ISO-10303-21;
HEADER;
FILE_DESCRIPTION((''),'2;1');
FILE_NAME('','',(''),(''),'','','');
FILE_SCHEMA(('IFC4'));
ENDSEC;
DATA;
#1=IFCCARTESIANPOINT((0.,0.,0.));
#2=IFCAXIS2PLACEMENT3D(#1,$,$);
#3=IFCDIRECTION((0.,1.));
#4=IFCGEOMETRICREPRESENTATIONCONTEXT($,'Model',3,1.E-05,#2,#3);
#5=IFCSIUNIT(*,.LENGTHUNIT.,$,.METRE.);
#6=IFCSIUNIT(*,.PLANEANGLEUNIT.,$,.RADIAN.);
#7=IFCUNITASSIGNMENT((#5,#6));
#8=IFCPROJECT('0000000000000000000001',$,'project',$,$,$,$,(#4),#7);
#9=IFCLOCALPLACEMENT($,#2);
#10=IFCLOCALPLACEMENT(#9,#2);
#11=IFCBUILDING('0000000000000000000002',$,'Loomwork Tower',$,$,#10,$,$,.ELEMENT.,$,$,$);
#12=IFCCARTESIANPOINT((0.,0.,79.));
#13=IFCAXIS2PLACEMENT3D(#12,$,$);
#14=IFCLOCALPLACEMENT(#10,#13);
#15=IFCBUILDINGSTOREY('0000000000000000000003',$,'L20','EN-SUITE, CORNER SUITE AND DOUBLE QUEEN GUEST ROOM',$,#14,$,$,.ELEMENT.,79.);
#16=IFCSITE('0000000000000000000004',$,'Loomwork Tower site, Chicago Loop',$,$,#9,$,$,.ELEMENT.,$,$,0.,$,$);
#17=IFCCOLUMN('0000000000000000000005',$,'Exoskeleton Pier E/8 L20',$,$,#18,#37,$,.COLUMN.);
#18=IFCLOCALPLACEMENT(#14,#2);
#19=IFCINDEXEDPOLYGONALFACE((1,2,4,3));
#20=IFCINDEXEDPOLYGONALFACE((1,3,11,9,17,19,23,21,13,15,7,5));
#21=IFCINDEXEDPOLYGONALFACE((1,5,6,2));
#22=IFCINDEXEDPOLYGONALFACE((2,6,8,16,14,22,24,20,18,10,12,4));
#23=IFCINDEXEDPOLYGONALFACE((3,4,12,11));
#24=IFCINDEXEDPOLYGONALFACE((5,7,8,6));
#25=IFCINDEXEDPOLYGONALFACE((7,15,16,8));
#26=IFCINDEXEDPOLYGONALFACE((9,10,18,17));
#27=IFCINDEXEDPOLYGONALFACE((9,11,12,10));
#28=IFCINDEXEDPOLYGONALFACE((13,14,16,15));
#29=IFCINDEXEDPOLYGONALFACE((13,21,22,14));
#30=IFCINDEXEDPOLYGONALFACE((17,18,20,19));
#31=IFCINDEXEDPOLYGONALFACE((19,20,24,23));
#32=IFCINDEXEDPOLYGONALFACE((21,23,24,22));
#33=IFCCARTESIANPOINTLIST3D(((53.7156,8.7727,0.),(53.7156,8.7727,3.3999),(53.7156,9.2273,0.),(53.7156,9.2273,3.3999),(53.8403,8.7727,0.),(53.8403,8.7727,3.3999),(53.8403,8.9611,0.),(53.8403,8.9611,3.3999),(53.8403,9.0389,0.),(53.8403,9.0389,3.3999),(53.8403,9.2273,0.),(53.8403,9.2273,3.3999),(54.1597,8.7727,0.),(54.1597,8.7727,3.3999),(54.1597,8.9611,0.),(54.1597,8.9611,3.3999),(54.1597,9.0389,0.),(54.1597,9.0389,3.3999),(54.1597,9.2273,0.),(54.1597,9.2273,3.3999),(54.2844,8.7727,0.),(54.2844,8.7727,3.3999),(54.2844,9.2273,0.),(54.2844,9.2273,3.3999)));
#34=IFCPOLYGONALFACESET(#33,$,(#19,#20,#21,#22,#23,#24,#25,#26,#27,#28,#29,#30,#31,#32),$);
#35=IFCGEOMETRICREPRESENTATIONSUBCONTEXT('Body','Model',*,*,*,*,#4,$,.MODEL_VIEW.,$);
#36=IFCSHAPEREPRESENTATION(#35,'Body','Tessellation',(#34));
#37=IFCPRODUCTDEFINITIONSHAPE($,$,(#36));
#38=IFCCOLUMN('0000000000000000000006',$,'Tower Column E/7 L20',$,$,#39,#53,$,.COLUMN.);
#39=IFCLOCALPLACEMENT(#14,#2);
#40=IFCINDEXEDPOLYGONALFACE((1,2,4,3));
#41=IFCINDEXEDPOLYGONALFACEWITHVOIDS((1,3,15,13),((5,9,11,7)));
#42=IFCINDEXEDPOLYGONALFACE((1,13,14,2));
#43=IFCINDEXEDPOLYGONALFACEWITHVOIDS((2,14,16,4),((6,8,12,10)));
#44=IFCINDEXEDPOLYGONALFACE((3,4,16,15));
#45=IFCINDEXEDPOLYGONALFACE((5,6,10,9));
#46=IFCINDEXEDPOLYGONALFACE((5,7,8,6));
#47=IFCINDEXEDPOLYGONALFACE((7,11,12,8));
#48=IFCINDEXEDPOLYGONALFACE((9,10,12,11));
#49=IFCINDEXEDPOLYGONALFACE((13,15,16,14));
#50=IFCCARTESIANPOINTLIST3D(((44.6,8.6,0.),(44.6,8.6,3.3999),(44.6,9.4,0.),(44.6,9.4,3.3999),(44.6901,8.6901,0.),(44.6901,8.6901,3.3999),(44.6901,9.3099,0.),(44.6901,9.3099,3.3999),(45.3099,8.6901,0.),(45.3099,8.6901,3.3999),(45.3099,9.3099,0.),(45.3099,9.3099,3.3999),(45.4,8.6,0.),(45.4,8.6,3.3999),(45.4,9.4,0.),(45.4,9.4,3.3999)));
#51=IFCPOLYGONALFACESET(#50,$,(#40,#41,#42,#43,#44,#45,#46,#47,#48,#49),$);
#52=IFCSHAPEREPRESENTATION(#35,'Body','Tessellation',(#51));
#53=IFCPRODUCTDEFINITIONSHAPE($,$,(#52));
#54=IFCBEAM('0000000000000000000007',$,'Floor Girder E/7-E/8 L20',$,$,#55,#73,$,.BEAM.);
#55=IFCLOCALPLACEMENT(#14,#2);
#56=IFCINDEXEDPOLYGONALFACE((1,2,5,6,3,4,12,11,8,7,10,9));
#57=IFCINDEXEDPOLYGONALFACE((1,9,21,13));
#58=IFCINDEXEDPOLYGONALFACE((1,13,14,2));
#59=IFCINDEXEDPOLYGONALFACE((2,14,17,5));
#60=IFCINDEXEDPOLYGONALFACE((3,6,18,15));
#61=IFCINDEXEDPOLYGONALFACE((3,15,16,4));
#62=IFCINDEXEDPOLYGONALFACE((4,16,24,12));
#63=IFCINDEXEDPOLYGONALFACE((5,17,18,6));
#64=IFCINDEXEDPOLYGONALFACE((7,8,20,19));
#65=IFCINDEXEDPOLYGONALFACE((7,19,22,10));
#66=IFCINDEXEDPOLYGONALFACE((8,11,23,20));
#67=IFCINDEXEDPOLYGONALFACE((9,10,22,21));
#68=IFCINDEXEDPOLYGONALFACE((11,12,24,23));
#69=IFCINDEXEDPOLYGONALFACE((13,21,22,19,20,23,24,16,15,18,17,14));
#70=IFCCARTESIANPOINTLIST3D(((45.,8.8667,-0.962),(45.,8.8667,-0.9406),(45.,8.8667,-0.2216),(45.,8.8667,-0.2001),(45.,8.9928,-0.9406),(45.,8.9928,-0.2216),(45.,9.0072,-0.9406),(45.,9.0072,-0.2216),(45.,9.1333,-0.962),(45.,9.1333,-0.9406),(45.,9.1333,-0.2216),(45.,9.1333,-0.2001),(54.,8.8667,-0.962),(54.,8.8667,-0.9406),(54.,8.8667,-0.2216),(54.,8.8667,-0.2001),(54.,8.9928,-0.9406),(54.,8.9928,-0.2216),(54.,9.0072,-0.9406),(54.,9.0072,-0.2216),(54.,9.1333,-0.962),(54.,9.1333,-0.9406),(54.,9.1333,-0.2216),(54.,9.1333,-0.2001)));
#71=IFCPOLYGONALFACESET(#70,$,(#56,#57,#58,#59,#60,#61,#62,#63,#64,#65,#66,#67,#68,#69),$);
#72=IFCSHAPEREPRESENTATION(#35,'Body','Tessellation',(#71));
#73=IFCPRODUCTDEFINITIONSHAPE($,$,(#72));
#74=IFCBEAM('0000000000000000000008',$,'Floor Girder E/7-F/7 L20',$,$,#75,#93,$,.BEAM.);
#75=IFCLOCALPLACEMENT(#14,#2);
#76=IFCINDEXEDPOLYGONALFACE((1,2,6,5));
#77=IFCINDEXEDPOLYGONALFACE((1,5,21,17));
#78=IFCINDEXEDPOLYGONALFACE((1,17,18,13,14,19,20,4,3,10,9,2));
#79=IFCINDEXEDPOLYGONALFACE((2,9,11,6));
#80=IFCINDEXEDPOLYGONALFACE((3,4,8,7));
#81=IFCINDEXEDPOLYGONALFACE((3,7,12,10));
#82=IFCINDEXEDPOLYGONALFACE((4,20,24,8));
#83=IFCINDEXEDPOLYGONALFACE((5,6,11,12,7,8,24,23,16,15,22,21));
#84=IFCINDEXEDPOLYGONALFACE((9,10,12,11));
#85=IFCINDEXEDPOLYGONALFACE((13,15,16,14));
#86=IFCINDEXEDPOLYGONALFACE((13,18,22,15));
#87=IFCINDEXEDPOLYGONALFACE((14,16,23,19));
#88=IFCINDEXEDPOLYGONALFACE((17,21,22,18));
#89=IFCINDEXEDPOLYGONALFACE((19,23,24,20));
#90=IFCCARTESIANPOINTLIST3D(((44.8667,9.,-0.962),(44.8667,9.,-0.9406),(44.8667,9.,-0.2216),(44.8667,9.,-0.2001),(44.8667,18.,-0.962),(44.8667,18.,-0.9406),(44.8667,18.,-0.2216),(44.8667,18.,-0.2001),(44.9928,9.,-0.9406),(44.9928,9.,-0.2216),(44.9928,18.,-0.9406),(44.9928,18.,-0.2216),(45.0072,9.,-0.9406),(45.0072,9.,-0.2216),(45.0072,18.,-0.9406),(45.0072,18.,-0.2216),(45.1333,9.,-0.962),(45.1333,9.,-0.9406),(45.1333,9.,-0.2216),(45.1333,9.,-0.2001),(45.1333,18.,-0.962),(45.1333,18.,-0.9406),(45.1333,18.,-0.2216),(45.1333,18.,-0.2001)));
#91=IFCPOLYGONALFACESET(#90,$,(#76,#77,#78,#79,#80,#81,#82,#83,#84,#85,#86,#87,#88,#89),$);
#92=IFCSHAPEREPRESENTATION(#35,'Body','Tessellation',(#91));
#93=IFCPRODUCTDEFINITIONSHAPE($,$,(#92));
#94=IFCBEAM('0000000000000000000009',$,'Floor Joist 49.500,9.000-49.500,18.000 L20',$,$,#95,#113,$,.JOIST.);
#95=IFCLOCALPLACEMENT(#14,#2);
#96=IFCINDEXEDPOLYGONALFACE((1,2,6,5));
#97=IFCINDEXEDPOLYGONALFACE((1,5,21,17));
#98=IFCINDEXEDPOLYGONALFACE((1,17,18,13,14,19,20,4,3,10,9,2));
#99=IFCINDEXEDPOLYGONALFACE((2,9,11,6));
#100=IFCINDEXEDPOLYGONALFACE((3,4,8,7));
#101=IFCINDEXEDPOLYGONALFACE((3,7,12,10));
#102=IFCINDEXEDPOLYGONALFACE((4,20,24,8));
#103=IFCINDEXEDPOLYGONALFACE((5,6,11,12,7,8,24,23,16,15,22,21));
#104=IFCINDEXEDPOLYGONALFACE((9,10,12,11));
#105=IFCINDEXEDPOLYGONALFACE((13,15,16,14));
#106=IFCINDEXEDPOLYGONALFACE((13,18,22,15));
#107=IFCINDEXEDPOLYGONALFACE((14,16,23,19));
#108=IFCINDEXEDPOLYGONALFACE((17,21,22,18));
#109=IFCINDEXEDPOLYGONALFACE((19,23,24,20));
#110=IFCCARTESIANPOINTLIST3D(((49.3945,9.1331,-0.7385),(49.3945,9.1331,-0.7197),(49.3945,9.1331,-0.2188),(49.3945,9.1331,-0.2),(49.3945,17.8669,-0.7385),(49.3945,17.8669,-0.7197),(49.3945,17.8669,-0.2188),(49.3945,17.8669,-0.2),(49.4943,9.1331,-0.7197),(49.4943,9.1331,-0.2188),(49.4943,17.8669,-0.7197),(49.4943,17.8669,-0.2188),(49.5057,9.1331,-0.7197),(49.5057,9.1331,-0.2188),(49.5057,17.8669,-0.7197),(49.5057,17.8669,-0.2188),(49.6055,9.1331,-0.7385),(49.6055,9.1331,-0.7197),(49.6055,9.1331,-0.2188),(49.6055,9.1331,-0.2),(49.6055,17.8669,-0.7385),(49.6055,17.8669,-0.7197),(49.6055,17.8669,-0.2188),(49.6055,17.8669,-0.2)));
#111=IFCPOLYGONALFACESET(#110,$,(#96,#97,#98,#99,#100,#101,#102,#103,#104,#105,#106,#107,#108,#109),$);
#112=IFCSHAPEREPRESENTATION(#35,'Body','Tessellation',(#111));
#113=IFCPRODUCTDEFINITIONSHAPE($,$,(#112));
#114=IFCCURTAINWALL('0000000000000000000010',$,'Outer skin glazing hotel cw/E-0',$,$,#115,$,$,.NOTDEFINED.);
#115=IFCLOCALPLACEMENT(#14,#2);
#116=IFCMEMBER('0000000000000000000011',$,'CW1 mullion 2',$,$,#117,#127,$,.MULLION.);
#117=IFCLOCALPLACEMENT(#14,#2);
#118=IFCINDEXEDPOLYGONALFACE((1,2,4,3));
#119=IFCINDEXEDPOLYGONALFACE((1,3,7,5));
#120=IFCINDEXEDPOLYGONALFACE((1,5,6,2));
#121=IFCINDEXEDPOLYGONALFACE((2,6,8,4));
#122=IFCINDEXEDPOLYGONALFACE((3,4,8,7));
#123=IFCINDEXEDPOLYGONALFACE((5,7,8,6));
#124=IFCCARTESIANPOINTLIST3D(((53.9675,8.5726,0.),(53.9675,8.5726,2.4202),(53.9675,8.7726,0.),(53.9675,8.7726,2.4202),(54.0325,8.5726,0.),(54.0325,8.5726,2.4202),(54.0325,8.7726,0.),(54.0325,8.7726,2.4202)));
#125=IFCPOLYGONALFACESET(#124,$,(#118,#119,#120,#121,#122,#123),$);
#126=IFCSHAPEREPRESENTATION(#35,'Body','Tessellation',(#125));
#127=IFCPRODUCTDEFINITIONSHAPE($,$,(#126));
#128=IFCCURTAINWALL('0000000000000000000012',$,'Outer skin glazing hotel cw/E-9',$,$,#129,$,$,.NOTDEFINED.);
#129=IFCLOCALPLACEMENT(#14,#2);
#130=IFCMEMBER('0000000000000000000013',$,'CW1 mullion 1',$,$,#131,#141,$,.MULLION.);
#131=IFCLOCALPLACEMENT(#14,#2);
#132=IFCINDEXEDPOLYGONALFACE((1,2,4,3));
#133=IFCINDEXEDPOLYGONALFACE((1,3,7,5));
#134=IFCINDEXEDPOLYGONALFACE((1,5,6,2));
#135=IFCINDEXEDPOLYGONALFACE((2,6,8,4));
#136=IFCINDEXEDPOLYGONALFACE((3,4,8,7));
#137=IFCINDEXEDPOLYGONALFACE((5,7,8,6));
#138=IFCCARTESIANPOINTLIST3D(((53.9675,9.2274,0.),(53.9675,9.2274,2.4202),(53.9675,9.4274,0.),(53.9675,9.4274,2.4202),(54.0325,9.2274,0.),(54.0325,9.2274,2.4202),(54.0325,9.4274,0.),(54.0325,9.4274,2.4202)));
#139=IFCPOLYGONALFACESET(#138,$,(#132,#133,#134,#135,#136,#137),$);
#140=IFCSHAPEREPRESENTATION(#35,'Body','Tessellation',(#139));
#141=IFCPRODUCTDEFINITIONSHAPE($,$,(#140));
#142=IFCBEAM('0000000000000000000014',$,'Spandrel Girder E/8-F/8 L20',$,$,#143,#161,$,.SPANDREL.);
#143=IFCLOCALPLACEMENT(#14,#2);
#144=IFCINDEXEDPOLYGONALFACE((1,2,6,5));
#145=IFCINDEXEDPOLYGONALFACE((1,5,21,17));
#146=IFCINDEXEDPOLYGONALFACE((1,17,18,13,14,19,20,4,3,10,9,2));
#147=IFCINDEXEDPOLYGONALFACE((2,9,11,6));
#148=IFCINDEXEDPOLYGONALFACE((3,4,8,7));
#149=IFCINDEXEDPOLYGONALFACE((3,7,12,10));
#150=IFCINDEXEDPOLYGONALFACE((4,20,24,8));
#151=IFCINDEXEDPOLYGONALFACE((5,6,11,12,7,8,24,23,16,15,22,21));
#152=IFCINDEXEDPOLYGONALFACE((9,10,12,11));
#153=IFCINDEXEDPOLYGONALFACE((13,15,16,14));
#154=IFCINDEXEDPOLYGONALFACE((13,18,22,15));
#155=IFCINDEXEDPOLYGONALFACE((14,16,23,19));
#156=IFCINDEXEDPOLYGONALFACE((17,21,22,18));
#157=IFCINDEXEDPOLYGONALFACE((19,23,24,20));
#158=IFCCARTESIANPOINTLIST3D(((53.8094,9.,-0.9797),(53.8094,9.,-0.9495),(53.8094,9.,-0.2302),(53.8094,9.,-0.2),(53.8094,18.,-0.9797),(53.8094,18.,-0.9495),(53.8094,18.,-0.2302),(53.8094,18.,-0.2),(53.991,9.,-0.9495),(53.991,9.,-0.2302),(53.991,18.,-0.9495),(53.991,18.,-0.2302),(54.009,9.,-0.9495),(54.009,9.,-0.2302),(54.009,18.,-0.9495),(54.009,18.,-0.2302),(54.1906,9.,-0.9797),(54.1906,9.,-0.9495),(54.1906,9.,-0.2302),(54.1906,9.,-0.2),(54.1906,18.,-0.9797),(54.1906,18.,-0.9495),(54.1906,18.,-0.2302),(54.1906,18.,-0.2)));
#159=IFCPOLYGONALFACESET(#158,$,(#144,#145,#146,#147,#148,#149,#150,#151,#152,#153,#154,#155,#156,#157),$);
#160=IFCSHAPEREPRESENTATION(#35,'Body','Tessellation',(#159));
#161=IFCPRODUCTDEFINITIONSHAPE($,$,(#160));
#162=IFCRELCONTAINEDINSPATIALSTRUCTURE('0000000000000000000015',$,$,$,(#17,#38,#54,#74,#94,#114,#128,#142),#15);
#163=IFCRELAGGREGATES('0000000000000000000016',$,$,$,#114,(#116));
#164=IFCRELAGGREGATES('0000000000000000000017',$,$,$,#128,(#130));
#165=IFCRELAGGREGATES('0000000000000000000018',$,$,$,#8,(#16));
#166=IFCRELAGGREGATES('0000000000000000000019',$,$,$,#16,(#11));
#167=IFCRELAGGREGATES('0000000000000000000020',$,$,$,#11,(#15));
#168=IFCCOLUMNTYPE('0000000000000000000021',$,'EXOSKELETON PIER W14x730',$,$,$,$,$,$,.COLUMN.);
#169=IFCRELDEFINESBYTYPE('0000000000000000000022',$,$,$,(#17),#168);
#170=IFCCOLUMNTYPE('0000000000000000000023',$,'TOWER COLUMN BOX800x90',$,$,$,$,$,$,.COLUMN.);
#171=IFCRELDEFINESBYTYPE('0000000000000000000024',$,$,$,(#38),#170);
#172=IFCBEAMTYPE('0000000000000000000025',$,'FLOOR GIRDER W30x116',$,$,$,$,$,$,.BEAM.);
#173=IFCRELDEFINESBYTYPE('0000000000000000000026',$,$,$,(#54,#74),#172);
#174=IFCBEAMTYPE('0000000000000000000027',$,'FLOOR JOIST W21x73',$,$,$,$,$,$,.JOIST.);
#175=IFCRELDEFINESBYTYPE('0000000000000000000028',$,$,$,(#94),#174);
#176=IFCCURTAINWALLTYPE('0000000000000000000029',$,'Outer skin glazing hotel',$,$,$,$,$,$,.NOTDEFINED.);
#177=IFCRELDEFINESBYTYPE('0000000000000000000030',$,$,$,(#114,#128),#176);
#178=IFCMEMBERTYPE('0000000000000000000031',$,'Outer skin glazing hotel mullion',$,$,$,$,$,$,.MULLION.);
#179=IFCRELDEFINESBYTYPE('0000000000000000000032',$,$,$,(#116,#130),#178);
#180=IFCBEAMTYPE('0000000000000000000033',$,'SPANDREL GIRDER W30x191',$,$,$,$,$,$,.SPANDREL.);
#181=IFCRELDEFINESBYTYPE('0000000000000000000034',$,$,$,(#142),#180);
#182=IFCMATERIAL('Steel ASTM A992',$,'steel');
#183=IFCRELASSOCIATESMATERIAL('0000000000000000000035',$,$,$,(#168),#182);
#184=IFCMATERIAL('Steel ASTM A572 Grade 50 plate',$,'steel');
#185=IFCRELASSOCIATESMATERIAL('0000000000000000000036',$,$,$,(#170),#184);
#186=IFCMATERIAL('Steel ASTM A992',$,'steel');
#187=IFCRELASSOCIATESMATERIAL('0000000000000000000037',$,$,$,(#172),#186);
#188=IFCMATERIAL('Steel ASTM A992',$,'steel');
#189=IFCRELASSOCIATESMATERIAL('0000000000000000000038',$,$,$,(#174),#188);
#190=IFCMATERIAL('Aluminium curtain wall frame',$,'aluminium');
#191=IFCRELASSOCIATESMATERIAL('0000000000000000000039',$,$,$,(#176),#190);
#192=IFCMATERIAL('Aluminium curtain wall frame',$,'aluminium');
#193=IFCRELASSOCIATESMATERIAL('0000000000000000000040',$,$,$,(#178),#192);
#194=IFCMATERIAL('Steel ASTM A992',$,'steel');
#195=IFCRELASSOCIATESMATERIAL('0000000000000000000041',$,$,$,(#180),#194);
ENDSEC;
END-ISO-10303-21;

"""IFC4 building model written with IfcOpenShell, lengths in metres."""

from ifc_helpers import new_model, si_unit, direction, frame, origin, origin_2d, place, context, subcontext, project, spatial, rectangle, hollow_rectangle, i_section, extrude, material, material_profile, profile_set, type_object, element, aggregate, save


model = new_model("IFC4")

# Units and contexts
model_context = context("Model", 3, precision=1e-05, world=origin(), true_north=direction((0.0, 1.0)))
body_context = subcontext(model_context, "Body", "Model", "MODEL_VIEW")
ifc_project = project(units=[si_unit("LENGTHUNIT", "METRE"), si_unit("PLANEANGLEUNIT", "RADIAN")], contexts=[model_context])

# Site, building, storey
site_placement = place(None, origin())
site = spatial("IfcSite", under=ifc_project, at=site_placement, Name="Loomwork Tower site, Chicago Loop", CompositionType="ELEMENT", RefElevation=0.0)
building_placement = place(site_placement, origin())
building = spatial("IfcBuilding", under=site, at=building_placement, Name="Loomwork Tower", CompositionType="ELEMENT")
storey_placement = place(building_placement, frame((0.0, 0.0, 79.0)))
storey = spatial("IfcBuildingStorey", under=building, at=storey_placement, Name="L20", Description="EN-SUITE, CORNER SUITE AND DOUBLE QUEEN GUEST ROOM", CompositionType="ELEMENT", Elevation=79.0)

# Columns
ifc_material_1 = material(Name="Steel ASTM A992", Category="steel")
ifc_material_profile_1 = material_profile(ifc_material_1, i_section(OverallWidth=0.4546, OverallDepth=0.5688, WebThickness=0.0779, FlangeThickness=0.1248, at=origin_2d()), Name="W14x730")
ifc_profile_set_1 = profile_set([ifc_material_profile_1], Name="Steel ASTM A992")
column_type_1 = type_object("IfcColumnType", Name="EXOSKELETON PIER W14x730", PredefinedType="COLUMN", material=ifc_profile_set_1)
column_1_placement = place(storey_placement, frame((54.0, 9.0, 0.0), z_axis=(0.0, 0.0, 1.0), x_axis=(0.0, 1.0, 0.0)))
element("IfcColumn", 1, at=column_1_placement, inside=storey, type_object=column_type_1, Name="Exoskeleton Pier E/8 L20", PredefinedType="COLUMN", context=body_context, shape_type="SweptSolid", body=[
    extrude(i_section(OverallWidth=0.4546, OverallDepth=0.5688, WebThickness=0.0779, FlangeThickness=0.1248, at=origin_2d()), origin(), (0.0, 0.0, 1.0), 3.3999),
])
ifc_material_2 = material(Name="Steel ASTM A572 Grade 50 plate", Category="steel")
ifc_material_profile_2 = material_profile(ifc_material_2, hollow_rectangle(XDim=0.8, YDim=0.8, WallThickness=0.0901, at=origin_2d()), Name="BOX800x90")
ifc_profile_set_2 = profile_set([ifc_material_profile_2], Name="Steel ASTM A572 Grade 50 plate")
column_type_2 = type_object("IfcColumnType", Name="TOWER COLUMN BOX800x90", PredefinedType="COLUMN", material=ifc_profile_set_2)
column_2_placement = place(storey_placement, frame((45.0, 9.0, 0.0), z_axis=(0.0, 0.0, 1.0), x_axis=(0.0, 1.0, 0.0)))
element("IfcColumn", 2, at=column_2_placement, inside=storey, type_object=column_type_2, Name="Tower Column E/7 L20", PredefinedType="COLUMN", context=body_context, shape_type="SweptSolid", body=[
    extrude(hollow_rectangle(XDim=0.8, YDim=0.8, WallThickness=0.0901, at=origin_2d()), origin(), (0.0, 0.0, 1.0), 3.3999),
])

# Beams
ifc_material_3 = material(Name="Steel ASTM A992", Category="steel")
ifc_material_profile_3 = material_profile(ifc_material_3, i_section(OverallWidth=0.2666, OverallDepth=0.762, WebThickness=0.0144, FlangeThickness=0.0215, at=origin_2d()), Name="W30x116")
ifc_profile_set_3 = profile_set([ifc_material_profile_3], Name="Steel ASTM A992")
beam_type_1 = type_object("IfcBeamType", Name="FLOOR GIRDER W30x116", PredefinedType="BEAM", material=ifc_profile_set_3)
for number, where, z_axis, x_axis, name in (
    (3, (45.0, 9.0, -0.5811), (1.0, 0.0, 0.0), (0.0, 1.0, 0.0), "Floor Girder E/7-E/8 L20"),
    (4, (45.0, 9.0, -0.5811), (0.0, 1.0, 0.0), (-1.0, 0.0, 0.0), "Floor Girder E/7-F/7 L20"),
):
    element("IfcBeam", number, at=place(storey_placement, frame(where, z_axis=z_axis, x_axis=x_axis)), inside=storey, type_object=beam_type_1, Name=name, PredefinedType="BEAM", context=body_context, shape_type="SweptSolid", body=[
        extrude(i_section(OverallWidth=0.2666, OverallDepth=0.762, WebThickness=0.0144, FlangeThickness=0.0215, at=origin_2d()), origin(), (0.0, 0.0, 1.0), 9.0),
    ])
ifc_material_4 = material(Name="Steel ASTM A992", Category="steel")
ifc_material_profile_4 = material_profile(ifc_material_4, i_section(OverallWidth=0.2109, OverallDepth=0.5386, WebThickness=0.0115, FlangeThickness=0.0188, at=origin_2d()), Name="W21x73")
ifc_profile_set_4 = profile_set([ifc_material_profile_4], Name="Steel ASTM A992")
beam_type_2 = type_object("IfcBeamType", Name="FLOOR JOIST W21x73", PredefinedType="JOIST", material=ifc_profile_set_4)
beam_1_placement = place(storey_placement, frame((49.5, 9.1331, -0.4692), z_axis=(0.0, 1.0, 0.0), x_axis=(-1.0, 0.0, 0.0)))
element("IfcBeam", 5, at=beam_1_placement, inside=storey, type_object=beam_type_2, Name="Floor Joist 49.500,9.000-49.500,18.000 L20", PredefinedType="JOIST", context=body_context, shape_type="SweptSolid", body=[
    extrude(i_section(OverallWidth=0.2109, OverallDepth=0.5386, WebThickness=0.0115, FlangeThickness=0.0188, at=origin_2d()), origin(), (0.0, 0.0, 1.0), 8.7339),
])

# Curtain walls, members
ifc_material_5 = material(Name="Aluminium curtain wall frame", Category="aluminium")
curtain_wall_type = type_object("IfcCurtainWallType", Name="Outer skin glazing hotel", PredefinedType="NOTDEFINED", material=ifc_material_5)
curtain_wall_1_placement = place(storey_placement, origin())
curtain_wall_1 = element("IfcCurtainWall", 6, at=curtain_wall_1_placement, inside=storey, type_object=curtain_wall_type, Name="Outer skin glazing hotel cw/E-0", PredefinedType="NOTDEFINED")
ifc_material_6 = material(Name="Aluminium curtain wall frame", Category="aluminium")
ifc_material_profile_5 = material_profile(ifc_material_6, rectangle(XDim=0.0649, YDim=0.2, at=origin_2d()), Name="AL 65x200")
ifc_profile_set_5 = profile_set([ifc_material_profile_5], Name="Aluminium curtain wall frame")
member_type = type_object("IfcMemberType", Name="Outer skin glazing hotel mullion", PredefinedType="MULLION", material=ifc_profile_set_5)
member_1_placement = place(storey_placement, frame((54.0, 8.6726, 0.0), z_axis=(0.0, 0.0, 1.0), x_axis=(-1.0, 0.0, 0.0)))
member_1 = element("IfcMember", 7, at=member_1_placement, type_object=member_type, Name="CW1 mullion 2", PredefinedType="MULLION", context=body_context, shape_type="SweptSolid", body=[
    extrude(rectangle(XDim=0.0649, YDim=0.2, at=origin_2d()), origin(), (0.0, 0.0, 1.0), 2.4202),
])
aggregate(curtain_wall_1, [member_1])
curtain_wall_2_placement = place(storey_placement, origin())
curtain_wall_2 = element("IfcCurtainWall", 8, at=curtain_wall_2_placement, inside=storey, type_object=curtain_wall_type, Name="Outer skin glazing hotel cw/E-9", PredefinedType="NOTDEFINED")
member_2_placement = place(storey_placement, frame((54.0, 9.3274, 0.0), z_axis=(0.0, 0.0, 1.0), x_axis=(-1.0, 0.0, 0.0)))
member_2 = element("IfcMember", 9, at=member_2_placement, type_object=member_type, Name="CW1 mullion 1", PredefinedType="MULLION", context=body_context, shape_type="SweptSolid", body=[
    extrude(rectangle(XDim=0.0649, YDim=0.2, at=origin_2d()), origin(), (0.0, 0.0, 1.0), 2.4202),
])
aggregate(curtain_wall_2, [member_2])

# Beam
ifc_material_7 = material(Name="Steel ASTM A992", Category="steel")
ifc_material_profile_6 = material_profile(ifc_material_7, i_section(OverallWidth=0.3811, OverallDepth=0.7798, WebThickness=0.0181, FlangeThickness=0.0303, at=origin_2d()), Name="W30x191")
ifc_profile_set_6 = profile_set([ifc_material_profile_6], Name="Steel ASTM A992")
beam_type_3 = type_object("IfcBeamType", Name="SPANDREL GIRDER W30x191", PredefinedType="SPANDREL", material=ifc_profile_set_6)
beam_2_placement = place(storey_placement, frame((54.0, 9.0, -0.5898), z_axis=(0.0, 1.0, 0.0), x_axis=(-1.0, 0.0, 0.0)))
element("IfcBeam", 10, at=beam_2_placement, inside=storey, type_object=beam_type_3, Name="Spandrel Girder E/8-F/8 L20", PredefinedType="SPANDREL", context=body_context, shape_type="SweptSolid", body=[
    extrude(i_section(OverallWidth=0.3811, OverallDepth=0.7798, WebThickness=0.0181, FlangeThickness=0.0303, at=origin_2d()), origin(), (0.0, 0.0, 1.0), 9.0),
])

save(model, "model.ifc")
